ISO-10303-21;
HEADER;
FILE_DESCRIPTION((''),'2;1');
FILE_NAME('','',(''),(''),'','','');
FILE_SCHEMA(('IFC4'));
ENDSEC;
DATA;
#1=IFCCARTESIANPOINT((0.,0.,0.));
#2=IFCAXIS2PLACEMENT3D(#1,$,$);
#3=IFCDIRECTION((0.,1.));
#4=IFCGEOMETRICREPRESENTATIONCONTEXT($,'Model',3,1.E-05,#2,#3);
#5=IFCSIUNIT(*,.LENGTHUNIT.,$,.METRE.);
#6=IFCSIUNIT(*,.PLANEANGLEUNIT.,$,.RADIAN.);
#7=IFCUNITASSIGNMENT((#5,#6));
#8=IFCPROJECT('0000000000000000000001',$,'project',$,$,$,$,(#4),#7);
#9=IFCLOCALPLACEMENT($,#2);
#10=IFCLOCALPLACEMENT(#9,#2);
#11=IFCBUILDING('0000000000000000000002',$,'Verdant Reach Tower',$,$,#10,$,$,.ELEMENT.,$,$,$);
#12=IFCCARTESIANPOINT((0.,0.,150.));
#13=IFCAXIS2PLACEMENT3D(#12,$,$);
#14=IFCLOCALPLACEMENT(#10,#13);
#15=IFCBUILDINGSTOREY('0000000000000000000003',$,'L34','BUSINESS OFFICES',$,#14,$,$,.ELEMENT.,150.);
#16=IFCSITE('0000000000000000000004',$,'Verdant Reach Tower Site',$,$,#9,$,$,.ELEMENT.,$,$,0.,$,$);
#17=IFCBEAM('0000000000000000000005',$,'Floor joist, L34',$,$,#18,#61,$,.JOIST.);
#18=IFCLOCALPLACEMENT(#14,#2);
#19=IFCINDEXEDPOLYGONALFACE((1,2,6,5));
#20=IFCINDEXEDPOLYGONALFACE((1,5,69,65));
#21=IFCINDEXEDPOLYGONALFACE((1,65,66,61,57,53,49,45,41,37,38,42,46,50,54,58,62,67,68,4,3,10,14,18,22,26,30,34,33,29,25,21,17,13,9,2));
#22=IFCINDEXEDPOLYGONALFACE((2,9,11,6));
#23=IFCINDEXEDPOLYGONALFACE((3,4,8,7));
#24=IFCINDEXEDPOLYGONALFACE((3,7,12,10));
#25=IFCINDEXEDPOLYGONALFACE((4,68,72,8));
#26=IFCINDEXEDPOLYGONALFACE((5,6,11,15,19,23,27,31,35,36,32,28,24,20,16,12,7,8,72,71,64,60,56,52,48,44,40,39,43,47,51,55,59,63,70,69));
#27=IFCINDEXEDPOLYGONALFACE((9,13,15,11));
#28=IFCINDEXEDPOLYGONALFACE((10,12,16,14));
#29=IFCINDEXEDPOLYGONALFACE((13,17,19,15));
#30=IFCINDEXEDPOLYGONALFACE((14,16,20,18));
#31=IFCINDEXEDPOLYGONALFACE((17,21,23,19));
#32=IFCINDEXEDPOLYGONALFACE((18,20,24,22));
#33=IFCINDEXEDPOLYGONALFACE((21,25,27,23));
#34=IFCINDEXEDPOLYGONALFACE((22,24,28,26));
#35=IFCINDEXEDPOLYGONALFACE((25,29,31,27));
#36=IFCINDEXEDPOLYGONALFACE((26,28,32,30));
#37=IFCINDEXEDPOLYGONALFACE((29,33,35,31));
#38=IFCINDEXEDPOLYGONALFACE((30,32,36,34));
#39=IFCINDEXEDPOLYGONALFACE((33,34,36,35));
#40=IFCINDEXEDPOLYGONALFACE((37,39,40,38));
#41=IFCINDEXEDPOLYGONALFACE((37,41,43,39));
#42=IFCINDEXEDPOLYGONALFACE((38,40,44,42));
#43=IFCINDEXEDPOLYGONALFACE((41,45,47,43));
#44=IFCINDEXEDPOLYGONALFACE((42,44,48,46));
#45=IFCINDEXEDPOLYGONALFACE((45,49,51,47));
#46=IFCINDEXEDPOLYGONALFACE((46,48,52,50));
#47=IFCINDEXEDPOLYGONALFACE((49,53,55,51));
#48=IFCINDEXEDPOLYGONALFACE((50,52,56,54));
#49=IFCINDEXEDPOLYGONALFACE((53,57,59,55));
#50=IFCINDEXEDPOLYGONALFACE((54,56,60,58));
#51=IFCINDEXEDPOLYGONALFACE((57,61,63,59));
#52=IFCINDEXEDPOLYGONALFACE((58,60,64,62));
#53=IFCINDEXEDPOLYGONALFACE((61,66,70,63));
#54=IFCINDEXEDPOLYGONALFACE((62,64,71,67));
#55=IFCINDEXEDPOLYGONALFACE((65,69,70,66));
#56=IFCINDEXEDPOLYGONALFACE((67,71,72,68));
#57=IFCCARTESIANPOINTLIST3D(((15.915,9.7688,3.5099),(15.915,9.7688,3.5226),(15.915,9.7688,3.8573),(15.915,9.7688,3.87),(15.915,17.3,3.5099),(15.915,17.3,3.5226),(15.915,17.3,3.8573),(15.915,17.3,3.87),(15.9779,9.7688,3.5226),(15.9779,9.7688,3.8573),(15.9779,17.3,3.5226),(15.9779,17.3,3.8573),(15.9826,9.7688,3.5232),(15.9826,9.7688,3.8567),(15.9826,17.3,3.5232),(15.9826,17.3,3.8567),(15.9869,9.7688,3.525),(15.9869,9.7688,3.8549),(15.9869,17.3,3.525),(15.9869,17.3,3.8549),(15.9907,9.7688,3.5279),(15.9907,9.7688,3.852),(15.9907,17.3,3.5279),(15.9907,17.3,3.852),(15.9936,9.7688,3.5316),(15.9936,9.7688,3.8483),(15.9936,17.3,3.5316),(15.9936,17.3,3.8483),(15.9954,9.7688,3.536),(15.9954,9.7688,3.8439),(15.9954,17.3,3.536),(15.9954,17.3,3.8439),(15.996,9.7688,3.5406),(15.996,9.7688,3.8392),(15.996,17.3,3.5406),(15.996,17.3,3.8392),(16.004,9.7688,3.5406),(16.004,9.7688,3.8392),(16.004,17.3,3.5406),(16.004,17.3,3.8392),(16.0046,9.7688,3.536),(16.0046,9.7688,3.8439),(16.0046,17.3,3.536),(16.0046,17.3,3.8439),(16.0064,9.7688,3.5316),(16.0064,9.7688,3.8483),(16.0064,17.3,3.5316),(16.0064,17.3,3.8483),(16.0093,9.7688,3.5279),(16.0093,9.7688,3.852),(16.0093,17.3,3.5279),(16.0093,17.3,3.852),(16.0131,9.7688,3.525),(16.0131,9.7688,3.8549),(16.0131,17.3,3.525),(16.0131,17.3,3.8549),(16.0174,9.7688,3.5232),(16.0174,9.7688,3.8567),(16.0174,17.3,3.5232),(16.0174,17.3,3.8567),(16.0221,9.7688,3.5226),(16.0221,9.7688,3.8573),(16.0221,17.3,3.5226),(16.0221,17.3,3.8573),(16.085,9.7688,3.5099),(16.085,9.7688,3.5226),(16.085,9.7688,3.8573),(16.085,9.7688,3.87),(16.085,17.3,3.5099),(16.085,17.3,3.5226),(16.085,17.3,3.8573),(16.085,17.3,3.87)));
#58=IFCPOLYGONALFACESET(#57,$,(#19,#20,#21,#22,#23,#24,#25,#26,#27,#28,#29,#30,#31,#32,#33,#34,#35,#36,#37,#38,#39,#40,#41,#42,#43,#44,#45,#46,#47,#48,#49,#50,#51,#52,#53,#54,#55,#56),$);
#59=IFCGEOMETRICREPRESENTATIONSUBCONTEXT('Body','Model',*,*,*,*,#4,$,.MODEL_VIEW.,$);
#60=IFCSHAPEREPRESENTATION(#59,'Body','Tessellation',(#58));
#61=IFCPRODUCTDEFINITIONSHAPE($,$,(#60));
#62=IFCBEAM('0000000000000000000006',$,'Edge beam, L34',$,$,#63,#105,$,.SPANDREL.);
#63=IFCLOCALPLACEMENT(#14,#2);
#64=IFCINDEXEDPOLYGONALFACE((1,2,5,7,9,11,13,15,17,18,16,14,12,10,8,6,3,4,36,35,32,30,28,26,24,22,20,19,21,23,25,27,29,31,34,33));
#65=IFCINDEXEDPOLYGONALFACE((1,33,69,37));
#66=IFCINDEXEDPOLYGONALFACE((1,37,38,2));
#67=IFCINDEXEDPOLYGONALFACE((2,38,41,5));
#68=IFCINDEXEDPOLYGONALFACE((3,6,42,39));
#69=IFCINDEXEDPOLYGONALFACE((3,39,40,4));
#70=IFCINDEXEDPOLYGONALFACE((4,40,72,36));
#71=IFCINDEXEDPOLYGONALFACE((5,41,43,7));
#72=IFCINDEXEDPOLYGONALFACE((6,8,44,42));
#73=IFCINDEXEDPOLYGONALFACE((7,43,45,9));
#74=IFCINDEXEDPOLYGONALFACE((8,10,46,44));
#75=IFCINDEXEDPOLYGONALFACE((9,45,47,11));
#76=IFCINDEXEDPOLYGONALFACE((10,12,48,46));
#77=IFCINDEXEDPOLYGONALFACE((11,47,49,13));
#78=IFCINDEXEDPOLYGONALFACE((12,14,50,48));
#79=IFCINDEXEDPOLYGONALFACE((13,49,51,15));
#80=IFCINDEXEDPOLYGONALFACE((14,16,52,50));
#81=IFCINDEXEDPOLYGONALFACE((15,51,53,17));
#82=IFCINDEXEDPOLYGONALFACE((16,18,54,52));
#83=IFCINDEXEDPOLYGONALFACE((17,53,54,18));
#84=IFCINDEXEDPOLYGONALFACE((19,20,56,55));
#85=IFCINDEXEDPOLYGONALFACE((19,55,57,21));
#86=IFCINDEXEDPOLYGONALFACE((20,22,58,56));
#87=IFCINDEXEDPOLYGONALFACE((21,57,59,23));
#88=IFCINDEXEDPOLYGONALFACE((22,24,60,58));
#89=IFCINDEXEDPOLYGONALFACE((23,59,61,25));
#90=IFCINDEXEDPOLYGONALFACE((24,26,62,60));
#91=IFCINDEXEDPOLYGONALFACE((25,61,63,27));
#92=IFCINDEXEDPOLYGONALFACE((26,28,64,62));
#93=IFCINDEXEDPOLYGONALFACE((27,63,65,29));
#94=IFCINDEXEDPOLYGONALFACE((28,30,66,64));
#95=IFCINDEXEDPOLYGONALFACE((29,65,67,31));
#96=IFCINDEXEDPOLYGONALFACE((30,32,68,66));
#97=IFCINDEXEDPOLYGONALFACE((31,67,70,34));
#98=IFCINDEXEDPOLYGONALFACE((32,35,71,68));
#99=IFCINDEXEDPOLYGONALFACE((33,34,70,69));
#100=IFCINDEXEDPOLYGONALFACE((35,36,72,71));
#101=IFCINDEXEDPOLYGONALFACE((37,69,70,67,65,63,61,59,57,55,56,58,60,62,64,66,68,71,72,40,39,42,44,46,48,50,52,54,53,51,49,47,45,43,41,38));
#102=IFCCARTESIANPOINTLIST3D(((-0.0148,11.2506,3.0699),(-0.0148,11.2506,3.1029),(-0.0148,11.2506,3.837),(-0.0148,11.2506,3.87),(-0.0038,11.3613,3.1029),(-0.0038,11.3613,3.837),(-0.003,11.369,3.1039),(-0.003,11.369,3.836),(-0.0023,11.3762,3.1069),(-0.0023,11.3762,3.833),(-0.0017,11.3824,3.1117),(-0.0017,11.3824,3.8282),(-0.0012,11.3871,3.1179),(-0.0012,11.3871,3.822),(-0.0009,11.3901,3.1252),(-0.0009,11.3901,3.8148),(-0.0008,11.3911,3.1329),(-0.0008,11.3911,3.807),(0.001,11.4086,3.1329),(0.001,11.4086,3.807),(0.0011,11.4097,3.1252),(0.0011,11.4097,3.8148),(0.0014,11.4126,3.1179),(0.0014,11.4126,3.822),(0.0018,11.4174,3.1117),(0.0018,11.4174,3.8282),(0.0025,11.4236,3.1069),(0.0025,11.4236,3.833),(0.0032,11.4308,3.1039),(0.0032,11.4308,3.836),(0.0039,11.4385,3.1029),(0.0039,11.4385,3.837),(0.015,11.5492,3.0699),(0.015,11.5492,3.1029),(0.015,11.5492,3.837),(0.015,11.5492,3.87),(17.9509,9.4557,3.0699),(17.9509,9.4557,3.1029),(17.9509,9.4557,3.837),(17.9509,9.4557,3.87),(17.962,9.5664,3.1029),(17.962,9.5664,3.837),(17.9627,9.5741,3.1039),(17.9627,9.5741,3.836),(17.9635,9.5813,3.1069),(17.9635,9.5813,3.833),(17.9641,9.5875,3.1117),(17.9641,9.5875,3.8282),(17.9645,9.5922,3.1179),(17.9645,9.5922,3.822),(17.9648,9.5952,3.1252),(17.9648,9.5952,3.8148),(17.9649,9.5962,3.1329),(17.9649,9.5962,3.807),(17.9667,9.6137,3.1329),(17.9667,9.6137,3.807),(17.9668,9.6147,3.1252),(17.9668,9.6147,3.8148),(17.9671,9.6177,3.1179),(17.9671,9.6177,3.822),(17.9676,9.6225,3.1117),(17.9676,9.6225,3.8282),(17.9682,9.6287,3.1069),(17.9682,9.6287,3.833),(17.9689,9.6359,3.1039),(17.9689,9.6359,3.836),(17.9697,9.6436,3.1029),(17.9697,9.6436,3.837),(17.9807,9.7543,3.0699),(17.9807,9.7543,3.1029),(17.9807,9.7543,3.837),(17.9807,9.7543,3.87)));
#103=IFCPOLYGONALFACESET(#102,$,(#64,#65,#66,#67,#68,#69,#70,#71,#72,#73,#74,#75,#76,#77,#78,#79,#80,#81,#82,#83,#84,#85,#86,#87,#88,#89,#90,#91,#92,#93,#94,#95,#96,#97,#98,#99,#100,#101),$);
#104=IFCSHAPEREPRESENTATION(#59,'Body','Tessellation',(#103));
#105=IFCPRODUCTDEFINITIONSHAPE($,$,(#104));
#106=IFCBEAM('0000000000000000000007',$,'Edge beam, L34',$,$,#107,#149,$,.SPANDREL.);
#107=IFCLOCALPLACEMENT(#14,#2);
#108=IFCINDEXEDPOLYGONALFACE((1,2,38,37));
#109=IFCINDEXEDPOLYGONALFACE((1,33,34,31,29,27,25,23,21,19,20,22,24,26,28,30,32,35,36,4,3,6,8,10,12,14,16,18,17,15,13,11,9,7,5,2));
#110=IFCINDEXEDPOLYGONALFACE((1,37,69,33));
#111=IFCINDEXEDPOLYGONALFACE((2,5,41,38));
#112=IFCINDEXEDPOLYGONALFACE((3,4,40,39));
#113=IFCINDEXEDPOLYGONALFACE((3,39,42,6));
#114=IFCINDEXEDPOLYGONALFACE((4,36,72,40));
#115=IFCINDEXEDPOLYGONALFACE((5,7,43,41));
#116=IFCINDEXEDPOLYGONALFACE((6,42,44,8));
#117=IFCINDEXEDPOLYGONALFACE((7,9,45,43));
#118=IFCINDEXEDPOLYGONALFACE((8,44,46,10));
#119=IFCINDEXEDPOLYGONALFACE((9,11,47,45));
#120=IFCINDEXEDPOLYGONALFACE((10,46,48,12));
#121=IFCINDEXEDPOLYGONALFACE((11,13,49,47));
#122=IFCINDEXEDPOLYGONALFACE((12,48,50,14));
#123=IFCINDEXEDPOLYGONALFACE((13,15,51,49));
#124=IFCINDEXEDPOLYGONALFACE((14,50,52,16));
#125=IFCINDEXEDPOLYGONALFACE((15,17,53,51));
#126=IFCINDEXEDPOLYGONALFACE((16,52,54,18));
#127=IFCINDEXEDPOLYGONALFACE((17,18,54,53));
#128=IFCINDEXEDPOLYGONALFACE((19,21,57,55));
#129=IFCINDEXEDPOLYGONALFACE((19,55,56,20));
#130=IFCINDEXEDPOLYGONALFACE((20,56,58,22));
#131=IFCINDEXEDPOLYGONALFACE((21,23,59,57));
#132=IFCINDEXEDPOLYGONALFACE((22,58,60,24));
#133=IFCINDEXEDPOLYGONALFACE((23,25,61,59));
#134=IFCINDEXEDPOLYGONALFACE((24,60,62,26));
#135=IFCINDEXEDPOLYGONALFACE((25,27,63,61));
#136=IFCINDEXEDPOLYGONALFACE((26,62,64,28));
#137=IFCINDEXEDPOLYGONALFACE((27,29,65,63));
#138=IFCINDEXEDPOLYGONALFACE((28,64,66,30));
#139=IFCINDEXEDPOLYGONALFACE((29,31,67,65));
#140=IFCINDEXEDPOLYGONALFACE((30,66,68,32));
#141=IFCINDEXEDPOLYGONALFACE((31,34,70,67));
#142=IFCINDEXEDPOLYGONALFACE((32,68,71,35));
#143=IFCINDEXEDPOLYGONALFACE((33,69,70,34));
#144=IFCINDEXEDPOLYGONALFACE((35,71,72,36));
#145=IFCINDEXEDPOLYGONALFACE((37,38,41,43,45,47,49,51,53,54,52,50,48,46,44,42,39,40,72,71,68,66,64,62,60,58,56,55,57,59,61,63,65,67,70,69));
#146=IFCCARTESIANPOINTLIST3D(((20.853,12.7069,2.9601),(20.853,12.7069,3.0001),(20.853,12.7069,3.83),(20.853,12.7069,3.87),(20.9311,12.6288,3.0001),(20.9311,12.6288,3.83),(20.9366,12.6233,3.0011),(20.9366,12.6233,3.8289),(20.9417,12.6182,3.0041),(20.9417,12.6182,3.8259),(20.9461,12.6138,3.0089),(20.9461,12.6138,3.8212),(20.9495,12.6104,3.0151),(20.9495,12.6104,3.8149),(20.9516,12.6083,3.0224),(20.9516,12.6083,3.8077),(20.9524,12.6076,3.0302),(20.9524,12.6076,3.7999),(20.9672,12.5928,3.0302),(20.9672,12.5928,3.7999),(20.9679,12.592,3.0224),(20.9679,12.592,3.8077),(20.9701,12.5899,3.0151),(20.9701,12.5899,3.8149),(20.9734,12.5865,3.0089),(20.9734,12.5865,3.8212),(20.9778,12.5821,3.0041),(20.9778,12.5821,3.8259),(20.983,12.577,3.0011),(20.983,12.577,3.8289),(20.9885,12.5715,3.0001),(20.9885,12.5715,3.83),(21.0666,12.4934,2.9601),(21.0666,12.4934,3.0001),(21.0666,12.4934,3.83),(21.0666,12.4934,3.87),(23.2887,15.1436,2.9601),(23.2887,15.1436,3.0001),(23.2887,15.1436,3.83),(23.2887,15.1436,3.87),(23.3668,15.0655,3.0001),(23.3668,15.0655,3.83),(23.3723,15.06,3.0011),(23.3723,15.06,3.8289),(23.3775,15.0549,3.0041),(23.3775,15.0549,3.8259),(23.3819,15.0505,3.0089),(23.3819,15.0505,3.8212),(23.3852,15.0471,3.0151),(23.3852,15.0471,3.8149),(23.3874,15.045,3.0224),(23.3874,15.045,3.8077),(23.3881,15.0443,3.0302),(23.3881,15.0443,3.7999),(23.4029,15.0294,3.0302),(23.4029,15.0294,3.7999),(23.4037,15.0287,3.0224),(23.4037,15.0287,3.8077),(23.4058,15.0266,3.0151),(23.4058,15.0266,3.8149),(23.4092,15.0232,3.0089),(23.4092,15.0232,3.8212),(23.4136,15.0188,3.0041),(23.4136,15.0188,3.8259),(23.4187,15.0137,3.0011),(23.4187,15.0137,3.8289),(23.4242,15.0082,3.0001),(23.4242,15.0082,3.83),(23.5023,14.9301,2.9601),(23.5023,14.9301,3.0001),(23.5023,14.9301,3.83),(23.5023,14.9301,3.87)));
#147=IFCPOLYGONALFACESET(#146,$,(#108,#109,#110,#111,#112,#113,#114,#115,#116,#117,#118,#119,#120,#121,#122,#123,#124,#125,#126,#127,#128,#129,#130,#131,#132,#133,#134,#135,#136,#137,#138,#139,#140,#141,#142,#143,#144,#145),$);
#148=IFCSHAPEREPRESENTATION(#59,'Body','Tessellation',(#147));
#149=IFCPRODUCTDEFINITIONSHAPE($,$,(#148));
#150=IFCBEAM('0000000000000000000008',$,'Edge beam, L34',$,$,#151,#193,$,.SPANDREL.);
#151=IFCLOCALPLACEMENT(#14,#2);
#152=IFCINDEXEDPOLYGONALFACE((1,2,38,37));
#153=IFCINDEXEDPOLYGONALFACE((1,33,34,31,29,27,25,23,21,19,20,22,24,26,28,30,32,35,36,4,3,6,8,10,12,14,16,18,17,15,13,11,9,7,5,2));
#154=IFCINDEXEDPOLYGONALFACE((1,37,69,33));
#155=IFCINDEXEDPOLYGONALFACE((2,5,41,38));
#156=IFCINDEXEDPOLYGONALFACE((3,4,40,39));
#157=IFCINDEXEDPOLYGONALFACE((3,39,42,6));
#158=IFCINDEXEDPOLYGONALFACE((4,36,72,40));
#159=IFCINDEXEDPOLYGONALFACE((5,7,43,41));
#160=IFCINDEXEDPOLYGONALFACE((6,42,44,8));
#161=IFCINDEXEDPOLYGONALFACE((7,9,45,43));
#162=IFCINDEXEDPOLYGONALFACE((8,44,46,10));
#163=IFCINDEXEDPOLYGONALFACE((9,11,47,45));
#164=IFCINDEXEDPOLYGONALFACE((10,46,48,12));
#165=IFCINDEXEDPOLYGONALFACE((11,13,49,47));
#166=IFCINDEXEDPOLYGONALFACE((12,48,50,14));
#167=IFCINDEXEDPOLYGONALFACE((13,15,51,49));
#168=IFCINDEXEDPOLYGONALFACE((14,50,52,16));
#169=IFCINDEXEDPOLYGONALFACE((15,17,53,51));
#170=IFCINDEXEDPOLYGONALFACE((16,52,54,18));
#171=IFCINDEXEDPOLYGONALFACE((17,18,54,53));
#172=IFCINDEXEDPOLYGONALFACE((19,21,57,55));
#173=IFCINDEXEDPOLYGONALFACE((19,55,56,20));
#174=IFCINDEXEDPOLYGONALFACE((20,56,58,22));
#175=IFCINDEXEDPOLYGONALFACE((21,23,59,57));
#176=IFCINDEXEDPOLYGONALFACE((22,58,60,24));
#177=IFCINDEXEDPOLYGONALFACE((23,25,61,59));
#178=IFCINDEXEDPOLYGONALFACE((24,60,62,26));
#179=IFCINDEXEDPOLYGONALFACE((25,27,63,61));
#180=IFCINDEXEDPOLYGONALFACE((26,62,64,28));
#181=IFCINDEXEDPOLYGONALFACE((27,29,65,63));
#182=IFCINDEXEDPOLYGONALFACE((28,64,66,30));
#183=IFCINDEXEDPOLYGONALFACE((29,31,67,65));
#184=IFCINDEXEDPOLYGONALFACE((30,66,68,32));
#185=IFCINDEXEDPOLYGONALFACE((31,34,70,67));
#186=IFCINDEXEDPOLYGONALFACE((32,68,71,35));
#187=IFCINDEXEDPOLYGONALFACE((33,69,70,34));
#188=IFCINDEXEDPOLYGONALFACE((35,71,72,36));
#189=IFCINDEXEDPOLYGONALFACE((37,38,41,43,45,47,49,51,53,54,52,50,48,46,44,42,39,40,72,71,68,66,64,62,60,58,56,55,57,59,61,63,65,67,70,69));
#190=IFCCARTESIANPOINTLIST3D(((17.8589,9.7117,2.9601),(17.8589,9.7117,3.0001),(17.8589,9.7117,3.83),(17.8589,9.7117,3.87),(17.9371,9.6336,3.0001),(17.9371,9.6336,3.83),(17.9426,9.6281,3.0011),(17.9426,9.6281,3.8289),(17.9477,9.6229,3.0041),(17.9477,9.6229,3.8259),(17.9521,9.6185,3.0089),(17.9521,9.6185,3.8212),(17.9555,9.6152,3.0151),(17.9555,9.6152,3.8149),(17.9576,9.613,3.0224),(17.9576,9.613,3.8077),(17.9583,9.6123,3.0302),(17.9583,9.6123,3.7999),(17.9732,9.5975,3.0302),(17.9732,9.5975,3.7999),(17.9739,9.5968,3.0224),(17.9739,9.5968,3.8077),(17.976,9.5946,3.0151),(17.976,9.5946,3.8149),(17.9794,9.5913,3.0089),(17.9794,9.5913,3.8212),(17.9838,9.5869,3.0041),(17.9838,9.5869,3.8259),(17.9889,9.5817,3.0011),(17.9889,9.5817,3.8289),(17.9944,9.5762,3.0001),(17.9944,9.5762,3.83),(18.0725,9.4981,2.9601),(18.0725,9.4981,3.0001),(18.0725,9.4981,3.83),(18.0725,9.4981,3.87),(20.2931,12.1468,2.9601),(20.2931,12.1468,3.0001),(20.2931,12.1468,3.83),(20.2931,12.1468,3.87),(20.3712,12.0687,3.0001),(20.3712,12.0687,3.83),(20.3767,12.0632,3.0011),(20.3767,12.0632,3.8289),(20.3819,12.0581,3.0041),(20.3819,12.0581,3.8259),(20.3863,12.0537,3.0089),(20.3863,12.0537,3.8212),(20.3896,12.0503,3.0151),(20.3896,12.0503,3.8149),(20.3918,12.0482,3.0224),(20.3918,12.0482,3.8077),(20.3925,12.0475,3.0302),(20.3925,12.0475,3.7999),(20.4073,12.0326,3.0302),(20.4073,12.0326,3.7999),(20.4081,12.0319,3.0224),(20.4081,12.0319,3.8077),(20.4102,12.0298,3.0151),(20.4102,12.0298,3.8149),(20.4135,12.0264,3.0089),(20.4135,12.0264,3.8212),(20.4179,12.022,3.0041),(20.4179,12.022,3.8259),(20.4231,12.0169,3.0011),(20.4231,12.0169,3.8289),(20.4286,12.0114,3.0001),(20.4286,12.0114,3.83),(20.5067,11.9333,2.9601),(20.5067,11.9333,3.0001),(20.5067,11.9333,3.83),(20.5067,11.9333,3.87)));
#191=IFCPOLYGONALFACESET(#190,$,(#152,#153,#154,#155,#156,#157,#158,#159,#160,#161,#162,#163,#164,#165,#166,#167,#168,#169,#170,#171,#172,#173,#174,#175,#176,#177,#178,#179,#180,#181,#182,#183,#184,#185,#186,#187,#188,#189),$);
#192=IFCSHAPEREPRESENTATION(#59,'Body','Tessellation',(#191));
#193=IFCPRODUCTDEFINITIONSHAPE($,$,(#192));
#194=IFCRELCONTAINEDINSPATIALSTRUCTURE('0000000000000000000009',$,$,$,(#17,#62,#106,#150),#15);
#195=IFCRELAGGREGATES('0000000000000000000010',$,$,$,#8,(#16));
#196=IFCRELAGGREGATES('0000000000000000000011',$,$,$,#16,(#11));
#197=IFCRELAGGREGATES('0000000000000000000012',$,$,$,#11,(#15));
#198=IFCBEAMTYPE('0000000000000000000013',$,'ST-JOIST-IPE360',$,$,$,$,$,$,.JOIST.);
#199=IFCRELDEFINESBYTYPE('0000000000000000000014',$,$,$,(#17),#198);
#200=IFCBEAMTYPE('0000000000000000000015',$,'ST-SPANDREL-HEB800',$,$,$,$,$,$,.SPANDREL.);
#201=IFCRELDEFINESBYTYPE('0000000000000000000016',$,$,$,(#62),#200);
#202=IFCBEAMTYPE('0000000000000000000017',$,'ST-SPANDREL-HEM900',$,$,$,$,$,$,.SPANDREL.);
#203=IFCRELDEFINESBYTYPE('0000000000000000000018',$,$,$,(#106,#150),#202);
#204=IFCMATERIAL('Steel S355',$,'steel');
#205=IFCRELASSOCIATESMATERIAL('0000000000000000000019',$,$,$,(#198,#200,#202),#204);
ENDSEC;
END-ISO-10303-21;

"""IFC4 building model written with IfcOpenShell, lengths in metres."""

from ifc_helpers import new_model, si_unit, direction, frame, origin, origin_2d, place, context, subcontext, project, spatial, i_section, extrude, material, material_profile, profile_set, type_object, element, save


model = new_model("IFC4")

# Units and contexts
model_context = context("Model", 3, precision=1e-05, world=origin(), true_north=direction((0.0, 1.0)))
body_context = subcontext(model_context, "Body", "Model", "MODEL_VIEW")
ifc_project = project(units=[si_unit("LENGTHUNIT", "METRE"), si_unit("PLANEANGLEUNIT", "RADIAN")], contexts=[model_context])

# Site, building, storey
site_placement = place(None, origin())
site = spatial("IfcSite", under=ifc_project, at=site_placement, Name="Verdant Reach Tower Site", CompositionType="ELEMENT", RefElevation=0.0)
building_placement = place(site_placement, origin())
building = spatial("IfcBuilding", under=site, at=building_placement, Name="Verdant Reach Tower", CompositionType="ELEMENT")
storey_placement = place(building_placement, frame((0.0, 0.0, 150.0)))
storey = spatial("IfcBuildingStorey", under=building, at=storey_placement, Name="L34", Description="BUSINESS OFFICES", CompositionType="ELEMENT", Elevation=150.0)

# Beams
ifc_material_1 = material(Name="Steel S355", Category="steel")
ifc_material_profile_1 = material_profile(ifc_material_1, i_section(OverallWidth=0.1699, OverallDepth=0.3601, WebThickness=0.0081, FlangeThickness=0.0127, FilletRadius=0.0181, at=origin_2d()), Name="IPE 360")
ifc_profile_set_1 = profile_set([ifc_material_profile_1], Name="Steel S355")
beam_type_1 = type_object("IfcBeamType", Name="ST-JOIST-IPE360", PredefinedType="JOIST", material=ifc_profile_set_1)
beam_1_placement = place(storey_placement, frame((16.0, 17.3, 3.6899), z_axis=(0.0, -1.0, 0.0), x_axis=(1.0, 0.0, 0.0)))
element("IfcBeam", 1, at=beam_1_placement, inside=storey, type_object=beam_type_1, Name="Floor joist, L34", PredefinedType="JOIST", context=body_context, shape_type="SweptSolid", body=[
    extrude(i_section(OverallWidth=0.1699, OverallDepth=0.3601, WebThickness=0.0081, FlangeThickness=0.0127, FilletRadius=0.0181, at=origin_2d()), origin(), (0.0, 0.0, 1.0), 7.5312),
])
ifc_material_profile_2 = material_profile(ifc_material_1, i_section(OverallWidth=0.3, OverallDepth=0.8, WebThickness=0.0176, FlangeThickness=0.033, FilletRadius=0.03, at=origin_2d()), Name="HEB 800")
ifc_profile_set_2 = profile_set([ifc_material_profile_2], Name="Steel S355")
beam_type_2 = type_object("IfcBeamType", Name="ST-SPANDREL-HEB800", PredefinedType="SPANDREL", material=ifc_profile_set_2)
beam_2_placement = place(storey_placement, frame((17.9658, 9.605, 3.47), z_axis=(-0.995046, 0.099413, 0.0), x_axis=(-0.099413, -0.995046, 0.0)))
element("IfcBeam", 2, at=beam_2_placement, inside=storey, type_object=beam_type_2, Name="Edge beam, L34", PredefinedType="SPANDREL", context=body_context, shape_type="SweptSolid", body=[
    extrude(i_section(OverallWidth=0.3, OverallDepth=0.8, WebThickness=0.0176, FlangeThickness=0.033, FilletRadius=0.03, at=origin_2d()), origin(), (0.0, 0.0, 1.0), 18.0552),
])
ifc_material_profile_3 = material_profile(ifc_material_1, i_section(OverallWidth=0.302, OverallDepth=0.9099, WebThickness=0.021, FlangeThickness=0.04, FilletRadius=0.03, at=origin_2d()), Name="HEM 900")
ifc_profile_set_3 = profile_set([ifc_material_profile_3], Name="Steel S355")
beam_type_3 = type_object("IfcBeamType", Name="ST-SPANDREL-HEM900", PredefinedType="SPANDREL", material=ifc_profile_set_3)
beam_3_placement = place(storey_placement, frame((23.3955, 15.0369, 3.415), z_axis=(-0.706965, -0.707248, 0.0), x_axis=(0.707248, -0.706965, 0.0)))
element("IfcBeam", 3, at=beam_3_placement, inside=storey, type_object=beam_type_3, Name="Edge beam, L34", PredefinedType="SPANDREL", context=body_context, shape_type="SweptSolid", body=[
    extrude(i_section(OverallWidth=0.302, OverallDepth=0.9099, WebThickness=0.021, FlangeThickness=0.04, FilletRadius=0.03, at=origin_2d()), origin(), (0.0, 0.0, 1.0), 3.4453),
])
beam_4_placement = place(storey_placement, frame((20.3999, 12.04, 3.415), z_axis=(-0.706965, -0.707249, 0.0), x_axis=(0.707249, -0.706965, 0.0)))
element("IfcBeam", 4, at=beam_4_placement, inside=storey, type_object=beam_type_3, Name="Edge beam, L34", PredefinedType="SPANDREL", context=body_context, shape_type="SweptSolid", body=[
    extrude(i_section(OverallWidth=0.302, OverallDepth=0.9099, WebThickness=0.021, FlangeThickness=0.04, FilletRadius=0.03, at=origin_2d()), origin(), (0.0, 0.0, 1.0), 3.4431),
])

save(model, "model.ifc")
